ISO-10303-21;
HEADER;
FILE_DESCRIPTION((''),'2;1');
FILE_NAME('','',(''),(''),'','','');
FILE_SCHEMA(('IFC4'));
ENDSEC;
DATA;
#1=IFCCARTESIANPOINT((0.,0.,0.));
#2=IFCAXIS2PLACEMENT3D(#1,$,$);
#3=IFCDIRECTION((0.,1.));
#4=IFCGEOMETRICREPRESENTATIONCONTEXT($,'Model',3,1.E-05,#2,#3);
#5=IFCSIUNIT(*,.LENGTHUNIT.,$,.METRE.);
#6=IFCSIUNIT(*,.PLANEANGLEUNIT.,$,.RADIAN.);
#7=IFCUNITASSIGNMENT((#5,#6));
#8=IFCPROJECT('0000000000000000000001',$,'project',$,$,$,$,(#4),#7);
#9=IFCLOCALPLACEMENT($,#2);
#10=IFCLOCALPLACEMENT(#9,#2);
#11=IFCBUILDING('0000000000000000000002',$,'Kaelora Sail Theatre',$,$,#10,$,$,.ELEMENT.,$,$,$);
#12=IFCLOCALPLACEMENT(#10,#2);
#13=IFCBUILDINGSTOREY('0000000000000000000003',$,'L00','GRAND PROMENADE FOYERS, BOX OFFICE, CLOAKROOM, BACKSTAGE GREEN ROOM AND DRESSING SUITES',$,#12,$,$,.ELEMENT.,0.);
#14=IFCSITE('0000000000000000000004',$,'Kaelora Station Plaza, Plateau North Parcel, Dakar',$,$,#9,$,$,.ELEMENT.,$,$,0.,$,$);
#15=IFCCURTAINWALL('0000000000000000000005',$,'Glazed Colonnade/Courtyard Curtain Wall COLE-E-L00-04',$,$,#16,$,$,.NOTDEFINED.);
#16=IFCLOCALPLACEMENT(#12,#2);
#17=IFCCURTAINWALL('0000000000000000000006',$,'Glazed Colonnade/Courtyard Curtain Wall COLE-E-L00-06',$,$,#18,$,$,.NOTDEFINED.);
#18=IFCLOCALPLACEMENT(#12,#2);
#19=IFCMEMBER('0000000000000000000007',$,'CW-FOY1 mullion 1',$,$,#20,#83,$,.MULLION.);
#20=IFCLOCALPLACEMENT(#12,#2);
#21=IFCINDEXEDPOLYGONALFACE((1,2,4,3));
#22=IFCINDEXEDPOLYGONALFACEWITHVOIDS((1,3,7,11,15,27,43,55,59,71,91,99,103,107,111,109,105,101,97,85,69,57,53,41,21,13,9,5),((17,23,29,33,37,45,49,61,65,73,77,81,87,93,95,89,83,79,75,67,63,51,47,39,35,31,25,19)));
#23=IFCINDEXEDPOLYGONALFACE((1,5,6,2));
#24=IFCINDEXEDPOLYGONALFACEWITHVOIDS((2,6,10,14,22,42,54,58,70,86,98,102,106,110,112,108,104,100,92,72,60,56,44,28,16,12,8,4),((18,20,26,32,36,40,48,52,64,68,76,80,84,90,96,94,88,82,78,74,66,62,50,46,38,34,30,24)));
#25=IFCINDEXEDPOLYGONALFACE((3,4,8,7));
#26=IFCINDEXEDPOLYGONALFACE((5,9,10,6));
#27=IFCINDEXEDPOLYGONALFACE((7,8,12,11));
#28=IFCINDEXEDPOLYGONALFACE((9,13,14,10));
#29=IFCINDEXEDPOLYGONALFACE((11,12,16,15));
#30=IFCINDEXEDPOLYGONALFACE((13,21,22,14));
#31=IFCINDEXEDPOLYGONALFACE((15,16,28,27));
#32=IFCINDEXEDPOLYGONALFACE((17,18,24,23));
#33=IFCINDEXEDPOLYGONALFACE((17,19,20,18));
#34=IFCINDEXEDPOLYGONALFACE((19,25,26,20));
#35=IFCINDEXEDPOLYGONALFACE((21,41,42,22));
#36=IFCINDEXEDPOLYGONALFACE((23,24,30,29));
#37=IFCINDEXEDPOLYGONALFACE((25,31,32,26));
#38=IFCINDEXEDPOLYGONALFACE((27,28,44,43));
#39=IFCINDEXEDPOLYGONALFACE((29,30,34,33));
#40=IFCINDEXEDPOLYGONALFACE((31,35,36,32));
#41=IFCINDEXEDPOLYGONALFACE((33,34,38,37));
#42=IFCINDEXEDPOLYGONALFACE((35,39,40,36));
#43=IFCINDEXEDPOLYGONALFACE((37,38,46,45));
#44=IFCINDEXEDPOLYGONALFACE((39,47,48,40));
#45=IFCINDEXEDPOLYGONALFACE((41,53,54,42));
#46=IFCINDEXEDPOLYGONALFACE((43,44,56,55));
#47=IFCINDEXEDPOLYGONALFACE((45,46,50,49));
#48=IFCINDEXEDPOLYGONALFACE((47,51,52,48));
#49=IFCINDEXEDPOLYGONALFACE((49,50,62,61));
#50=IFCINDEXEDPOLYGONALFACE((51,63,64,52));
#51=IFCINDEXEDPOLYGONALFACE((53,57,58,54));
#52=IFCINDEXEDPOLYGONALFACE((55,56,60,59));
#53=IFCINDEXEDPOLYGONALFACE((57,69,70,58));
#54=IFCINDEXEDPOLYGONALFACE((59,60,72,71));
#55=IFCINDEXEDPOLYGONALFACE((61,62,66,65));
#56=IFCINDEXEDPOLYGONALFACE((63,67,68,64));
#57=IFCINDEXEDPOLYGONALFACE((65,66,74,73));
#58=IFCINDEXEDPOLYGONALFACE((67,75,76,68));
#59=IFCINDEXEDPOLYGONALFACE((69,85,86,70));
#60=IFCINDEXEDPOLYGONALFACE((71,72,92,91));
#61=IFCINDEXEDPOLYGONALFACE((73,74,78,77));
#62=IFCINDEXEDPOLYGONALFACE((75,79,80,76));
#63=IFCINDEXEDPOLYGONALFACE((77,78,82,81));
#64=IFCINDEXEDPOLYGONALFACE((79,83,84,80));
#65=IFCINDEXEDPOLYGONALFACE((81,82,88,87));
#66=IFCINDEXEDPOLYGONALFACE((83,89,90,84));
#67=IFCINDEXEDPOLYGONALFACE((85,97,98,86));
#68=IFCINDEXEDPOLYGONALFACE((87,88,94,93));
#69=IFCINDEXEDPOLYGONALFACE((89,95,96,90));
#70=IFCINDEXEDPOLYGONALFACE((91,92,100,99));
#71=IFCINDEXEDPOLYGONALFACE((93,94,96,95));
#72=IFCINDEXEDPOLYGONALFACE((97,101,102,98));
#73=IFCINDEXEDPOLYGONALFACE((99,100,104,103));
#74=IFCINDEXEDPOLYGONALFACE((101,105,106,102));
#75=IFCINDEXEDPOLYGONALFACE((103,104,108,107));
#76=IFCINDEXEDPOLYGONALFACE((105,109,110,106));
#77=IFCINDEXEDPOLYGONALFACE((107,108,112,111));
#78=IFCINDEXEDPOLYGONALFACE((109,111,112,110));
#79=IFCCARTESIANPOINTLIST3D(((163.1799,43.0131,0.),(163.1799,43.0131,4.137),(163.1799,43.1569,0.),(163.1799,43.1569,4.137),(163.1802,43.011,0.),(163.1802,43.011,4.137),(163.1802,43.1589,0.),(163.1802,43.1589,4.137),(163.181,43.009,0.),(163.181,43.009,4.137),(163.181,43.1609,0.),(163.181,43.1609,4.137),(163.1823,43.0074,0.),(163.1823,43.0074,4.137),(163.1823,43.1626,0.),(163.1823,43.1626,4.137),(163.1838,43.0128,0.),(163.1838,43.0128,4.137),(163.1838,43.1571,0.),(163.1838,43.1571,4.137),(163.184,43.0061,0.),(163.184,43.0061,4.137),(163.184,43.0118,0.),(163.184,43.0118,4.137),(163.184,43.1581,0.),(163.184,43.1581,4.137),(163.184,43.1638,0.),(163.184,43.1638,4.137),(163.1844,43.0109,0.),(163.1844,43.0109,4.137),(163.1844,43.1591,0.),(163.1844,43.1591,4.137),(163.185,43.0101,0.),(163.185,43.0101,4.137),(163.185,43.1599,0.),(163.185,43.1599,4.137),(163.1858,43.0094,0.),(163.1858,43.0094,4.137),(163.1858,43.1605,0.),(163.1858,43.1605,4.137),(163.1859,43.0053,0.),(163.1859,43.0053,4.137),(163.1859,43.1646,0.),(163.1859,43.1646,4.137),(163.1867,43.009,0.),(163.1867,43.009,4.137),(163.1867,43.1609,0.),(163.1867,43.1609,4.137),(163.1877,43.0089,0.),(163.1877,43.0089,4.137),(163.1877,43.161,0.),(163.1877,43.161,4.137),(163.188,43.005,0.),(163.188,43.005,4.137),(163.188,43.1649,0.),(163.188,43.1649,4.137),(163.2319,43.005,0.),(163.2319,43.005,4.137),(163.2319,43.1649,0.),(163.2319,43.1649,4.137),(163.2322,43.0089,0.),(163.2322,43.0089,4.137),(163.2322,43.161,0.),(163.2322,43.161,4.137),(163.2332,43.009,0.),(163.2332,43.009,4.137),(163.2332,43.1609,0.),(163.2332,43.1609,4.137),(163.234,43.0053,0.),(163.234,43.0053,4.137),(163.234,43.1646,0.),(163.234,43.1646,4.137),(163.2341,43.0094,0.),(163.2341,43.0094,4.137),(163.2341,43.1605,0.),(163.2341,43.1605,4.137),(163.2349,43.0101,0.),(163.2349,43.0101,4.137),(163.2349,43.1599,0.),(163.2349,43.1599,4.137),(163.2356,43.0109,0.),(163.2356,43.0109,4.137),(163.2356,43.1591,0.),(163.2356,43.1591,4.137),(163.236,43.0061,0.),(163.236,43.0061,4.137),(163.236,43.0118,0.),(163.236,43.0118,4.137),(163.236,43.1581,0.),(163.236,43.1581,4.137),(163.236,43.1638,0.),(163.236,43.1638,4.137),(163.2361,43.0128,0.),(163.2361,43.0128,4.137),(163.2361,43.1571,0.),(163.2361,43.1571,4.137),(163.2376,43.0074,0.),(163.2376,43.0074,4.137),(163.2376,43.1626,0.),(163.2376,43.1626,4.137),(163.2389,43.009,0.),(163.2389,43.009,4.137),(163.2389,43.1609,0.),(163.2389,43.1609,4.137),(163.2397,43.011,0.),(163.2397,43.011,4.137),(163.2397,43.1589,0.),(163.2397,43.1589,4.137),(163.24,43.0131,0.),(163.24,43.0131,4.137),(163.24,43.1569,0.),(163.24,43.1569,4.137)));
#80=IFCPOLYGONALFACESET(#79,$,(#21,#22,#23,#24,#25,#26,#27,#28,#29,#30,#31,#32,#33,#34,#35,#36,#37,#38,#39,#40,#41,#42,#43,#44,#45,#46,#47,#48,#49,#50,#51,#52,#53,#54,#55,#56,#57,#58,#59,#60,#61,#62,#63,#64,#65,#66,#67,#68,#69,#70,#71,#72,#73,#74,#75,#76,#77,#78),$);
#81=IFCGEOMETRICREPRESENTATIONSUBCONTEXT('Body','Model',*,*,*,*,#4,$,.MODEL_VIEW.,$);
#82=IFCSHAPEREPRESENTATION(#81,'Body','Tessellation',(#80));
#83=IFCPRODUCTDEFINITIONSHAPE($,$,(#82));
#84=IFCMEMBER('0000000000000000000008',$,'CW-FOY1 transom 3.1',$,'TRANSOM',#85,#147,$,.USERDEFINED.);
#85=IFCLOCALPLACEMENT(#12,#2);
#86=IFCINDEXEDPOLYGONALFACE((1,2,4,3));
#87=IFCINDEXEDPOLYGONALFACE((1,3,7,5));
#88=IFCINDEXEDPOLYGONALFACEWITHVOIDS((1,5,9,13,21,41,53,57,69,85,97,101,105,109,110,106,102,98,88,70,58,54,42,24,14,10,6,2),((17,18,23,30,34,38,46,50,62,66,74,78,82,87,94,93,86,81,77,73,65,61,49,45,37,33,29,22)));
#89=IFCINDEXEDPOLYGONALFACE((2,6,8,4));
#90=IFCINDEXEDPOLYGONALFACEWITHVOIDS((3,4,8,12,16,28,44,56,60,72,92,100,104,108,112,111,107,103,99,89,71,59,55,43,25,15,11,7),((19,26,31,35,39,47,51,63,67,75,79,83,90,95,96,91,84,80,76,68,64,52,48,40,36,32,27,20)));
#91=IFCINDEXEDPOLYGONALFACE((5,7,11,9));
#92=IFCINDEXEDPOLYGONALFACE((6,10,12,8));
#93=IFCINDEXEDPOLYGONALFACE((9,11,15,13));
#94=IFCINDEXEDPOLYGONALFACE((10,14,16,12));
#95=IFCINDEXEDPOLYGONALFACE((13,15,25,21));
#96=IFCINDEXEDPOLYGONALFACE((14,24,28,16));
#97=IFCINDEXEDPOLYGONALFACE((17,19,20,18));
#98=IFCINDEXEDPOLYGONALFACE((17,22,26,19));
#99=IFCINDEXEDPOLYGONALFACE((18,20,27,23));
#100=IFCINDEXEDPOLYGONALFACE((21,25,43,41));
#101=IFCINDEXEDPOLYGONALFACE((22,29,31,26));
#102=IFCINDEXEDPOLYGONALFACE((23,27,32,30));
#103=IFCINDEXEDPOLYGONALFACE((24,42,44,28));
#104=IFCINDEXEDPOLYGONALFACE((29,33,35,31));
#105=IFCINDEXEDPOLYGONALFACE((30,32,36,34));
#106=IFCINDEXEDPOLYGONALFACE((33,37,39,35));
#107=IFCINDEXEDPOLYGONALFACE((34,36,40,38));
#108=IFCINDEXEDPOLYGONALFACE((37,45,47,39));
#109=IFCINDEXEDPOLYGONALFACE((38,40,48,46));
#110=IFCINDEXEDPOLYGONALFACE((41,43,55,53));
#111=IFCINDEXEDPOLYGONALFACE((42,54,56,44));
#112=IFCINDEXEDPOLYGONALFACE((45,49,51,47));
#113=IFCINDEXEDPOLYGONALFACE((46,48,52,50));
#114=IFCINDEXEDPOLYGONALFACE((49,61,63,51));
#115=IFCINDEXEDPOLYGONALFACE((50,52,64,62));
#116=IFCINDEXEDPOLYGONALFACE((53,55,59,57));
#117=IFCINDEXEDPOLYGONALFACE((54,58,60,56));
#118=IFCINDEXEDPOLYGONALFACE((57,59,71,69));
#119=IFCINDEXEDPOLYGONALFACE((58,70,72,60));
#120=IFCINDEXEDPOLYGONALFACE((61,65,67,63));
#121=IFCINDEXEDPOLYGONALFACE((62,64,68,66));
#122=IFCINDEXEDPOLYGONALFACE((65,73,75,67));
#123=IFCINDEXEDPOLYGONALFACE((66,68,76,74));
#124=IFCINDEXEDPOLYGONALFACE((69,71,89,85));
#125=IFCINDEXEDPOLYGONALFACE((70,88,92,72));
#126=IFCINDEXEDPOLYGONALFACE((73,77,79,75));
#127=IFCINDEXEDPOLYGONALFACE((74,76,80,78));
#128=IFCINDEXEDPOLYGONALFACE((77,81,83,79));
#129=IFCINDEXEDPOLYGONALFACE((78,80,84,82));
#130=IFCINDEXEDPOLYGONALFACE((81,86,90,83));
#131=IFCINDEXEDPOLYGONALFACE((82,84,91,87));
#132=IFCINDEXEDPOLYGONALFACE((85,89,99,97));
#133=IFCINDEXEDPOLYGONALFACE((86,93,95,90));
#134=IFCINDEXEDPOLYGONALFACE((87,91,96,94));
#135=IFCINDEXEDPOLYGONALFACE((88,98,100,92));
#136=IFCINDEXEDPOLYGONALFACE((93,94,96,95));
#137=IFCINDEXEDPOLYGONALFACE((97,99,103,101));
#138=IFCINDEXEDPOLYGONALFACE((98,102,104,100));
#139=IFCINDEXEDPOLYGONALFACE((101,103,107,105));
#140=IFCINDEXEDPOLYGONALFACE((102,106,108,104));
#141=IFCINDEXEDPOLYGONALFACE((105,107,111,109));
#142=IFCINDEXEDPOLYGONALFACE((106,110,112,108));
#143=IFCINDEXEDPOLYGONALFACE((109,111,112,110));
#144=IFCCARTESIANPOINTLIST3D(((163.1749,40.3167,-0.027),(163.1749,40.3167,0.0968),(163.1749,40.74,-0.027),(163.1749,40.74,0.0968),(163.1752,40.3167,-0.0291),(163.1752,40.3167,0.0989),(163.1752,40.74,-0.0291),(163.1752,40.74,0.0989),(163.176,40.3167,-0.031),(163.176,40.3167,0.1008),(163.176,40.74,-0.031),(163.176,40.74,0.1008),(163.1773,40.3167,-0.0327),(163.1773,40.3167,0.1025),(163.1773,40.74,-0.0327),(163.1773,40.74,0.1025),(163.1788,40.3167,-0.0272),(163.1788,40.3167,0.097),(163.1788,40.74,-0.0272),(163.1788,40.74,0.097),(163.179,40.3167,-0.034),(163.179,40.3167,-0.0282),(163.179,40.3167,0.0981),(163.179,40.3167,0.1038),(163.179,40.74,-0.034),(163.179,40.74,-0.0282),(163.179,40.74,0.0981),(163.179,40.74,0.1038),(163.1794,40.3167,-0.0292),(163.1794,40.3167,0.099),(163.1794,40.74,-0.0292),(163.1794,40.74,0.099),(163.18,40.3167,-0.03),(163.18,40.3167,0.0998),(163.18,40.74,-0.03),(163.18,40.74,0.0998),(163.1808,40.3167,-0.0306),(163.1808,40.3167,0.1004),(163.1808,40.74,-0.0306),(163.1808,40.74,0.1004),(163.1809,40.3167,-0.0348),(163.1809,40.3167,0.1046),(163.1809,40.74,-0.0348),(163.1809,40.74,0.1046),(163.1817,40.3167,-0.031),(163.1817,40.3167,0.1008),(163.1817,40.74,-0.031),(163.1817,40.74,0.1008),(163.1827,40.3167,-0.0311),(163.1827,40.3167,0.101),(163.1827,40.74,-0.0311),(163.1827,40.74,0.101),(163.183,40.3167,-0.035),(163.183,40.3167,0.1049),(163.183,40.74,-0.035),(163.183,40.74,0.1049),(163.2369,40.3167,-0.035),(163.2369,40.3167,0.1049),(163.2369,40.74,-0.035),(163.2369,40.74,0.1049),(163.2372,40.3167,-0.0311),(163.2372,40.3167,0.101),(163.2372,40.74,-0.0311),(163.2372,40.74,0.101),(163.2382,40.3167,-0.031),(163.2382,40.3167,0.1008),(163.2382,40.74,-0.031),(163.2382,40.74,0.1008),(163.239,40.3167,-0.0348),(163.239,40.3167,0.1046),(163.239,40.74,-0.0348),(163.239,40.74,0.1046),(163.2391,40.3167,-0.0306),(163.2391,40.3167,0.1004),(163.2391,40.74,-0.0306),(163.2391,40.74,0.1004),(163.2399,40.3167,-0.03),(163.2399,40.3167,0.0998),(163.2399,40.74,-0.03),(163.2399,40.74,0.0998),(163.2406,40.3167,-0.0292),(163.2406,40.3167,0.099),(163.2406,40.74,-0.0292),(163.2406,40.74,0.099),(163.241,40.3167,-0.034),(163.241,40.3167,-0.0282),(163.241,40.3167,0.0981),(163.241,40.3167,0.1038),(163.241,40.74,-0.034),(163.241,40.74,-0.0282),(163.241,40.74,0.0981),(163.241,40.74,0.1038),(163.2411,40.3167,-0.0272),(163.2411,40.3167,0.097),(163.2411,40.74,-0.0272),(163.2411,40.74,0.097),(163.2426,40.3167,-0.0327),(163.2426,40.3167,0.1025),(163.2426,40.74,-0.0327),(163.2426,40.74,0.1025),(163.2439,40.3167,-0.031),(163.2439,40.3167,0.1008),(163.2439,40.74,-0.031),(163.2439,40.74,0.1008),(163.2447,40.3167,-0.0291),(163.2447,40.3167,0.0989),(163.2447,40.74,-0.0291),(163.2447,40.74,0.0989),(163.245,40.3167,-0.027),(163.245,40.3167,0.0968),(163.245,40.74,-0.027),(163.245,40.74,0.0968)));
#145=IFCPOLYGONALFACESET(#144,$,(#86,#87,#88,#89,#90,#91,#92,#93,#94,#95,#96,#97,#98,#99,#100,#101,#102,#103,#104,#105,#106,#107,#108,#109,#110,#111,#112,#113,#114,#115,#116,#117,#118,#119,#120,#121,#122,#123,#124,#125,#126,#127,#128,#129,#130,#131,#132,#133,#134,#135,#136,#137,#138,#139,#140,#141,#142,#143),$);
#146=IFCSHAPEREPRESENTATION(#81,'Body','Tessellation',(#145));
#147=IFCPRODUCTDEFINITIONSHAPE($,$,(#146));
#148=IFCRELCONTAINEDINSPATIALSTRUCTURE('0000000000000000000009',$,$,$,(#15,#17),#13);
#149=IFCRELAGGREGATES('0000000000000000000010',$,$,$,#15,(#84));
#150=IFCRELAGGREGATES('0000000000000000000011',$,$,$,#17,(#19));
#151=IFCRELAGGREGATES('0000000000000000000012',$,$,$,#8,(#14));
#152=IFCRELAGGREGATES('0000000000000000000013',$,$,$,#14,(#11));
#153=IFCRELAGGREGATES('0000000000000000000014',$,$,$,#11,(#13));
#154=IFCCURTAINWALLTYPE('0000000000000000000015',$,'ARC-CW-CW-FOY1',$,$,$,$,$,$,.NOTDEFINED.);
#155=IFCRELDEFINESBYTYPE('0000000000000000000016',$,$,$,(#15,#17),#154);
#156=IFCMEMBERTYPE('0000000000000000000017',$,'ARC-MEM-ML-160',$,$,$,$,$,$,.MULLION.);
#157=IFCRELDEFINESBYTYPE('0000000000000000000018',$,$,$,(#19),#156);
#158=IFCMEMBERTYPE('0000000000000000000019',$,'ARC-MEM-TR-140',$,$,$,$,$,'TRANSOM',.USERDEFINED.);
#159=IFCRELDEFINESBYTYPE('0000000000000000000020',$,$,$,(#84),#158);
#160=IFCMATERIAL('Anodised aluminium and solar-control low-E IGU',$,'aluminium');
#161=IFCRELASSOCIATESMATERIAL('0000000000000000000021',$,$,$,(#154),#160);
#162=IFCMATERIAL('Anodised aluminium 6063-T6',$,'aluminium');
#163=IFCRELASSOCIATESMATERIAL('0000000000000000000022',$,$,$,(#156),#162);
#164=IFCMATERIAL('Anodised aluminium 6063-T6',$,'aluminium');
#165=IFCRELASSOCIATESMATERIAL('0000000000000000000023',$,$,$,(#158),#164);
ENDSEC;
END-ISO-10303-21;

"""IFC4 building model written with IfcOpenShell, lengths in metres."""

from ifc_helpers import new_model, si_unit, direction, frame, origin, origin_2d, place, context, subcontext, project, spatial, hollow_rectangle, extrude, material, material_profile, profile_set, type_object, element, aggregate, save


model = new_model("IFC4")

# Units and contexts
model_context = context("Model", 3, precision=1e-05, world=origin(), true_north=direction((0.0, 1.0)))
body_context = subcontext(model_context, "Body", "Model", "MODEL_VIEW")
ifc_project = project(units=[si_unit("LENGTHUNIT", "METRE"), si_unit("PLANEANGLEUNIT", "RADIAN")], contexts=[model_context])

# Site, building, storey
site_placement = place(None, origin())
site = spatial("IfcSite", under=ifc_project, at=site_placement, Name="Kaelora Station Plaza, Plateau North Parcel, Dakar", CompositionType="ELEMENT", RefElevation=0.0)
building_placement = place(site_placement, origin())
building = spatial("IfcBuilding", under=site, at=building_placement, Name="Kaelora Sail Theatre", CompositionType="ELEMENT")
storey_placement = place(building_placement, origin())
storey = spatial("IfcBuildingStorey", under=building, at=storey_placement, Name="L00", Description="GRAND PROMENADE FOYERS, BOX OFFICE, CLOAKROOM, BACKSTAGE GREEN ROOM AND DRESSING SUITES", CompositionType="ELEMENT", Elevation=0.0)

# Curtain wall
ifc_material_1 = material(Name="Anodised aluminium and solar-control low-E IGU", Category="aluminium")
curtain_wall_type = type_object("IfcCurtainWallType", Name="ARC-CW-CW-FOY1", PredefinedType="NOTDEFINED", material=ifc_material_1)
curtain_wall_1_placement = place(storey_placement, origin())
curtain_wall_1 = element("IfcCurtainWall", 1, at=curtain_wall_1_placement, inside=storey, type_object=curtain_wall_type, Name="Glazed Colonnade/Courtyard Curtain Wall COLE-E-L00-04", PredefinedType="NOTDEFINED")
ifc_material_2 = material(Name="Anodised aluminium 6063-T6", Category="aluminium")
ifc_material_profile_1 = material_profile(ifc_material_2, hollow_rectangle(XDim=0.0601, YDim=0.1599, WallThickness=0.0039, InnerFilletRadius=0.0039, OuterFilletRadius=0.0081, at=origin_2d()), Name="ALU-MULL 60x160x4")
ifc_profile_set_1 = profile_set([ifc_material_profile_1], Name="Anodised aluminium 6063-T6")
member_type_1 = type_object("IfcMemberType", Name="ARC-MEM-ML-160", PredefinedType="MULLION", material=ifc_profile_set_1)

# Curtain wall, member
curtain_wall_2_placement = place(storey_placement, origin())
curtain_wall_2 = element("IfcCurtainWall", 2, at=curtain_wall_2_placement, inside=storey, type_object=curtain_wall_type, Name="Glazed Colonnade/Courtyard Curtain Wall COLE-E-L00-06", PredefinedType="NOTDEFINED")
member_1_placement = place(storey_placement, frame((163.21, 43.085, 0.0), z_axis=(0.0, 0.0, 1.0), x_axis=(-1.0, 0.0, 0.0)))
member_1 = element("IfcMember", 3, at=member_1_placement, type_object=member_type_1, Name="CW-FOY1 mullion 1", PredefinedType="MULLION", context=body_context, shape_type="SweptSolid", body=[
    extrude(hollow_rectangle(XDim=0.0601, YDim=0.1599, WallThickness=0.0039, InnerFilletRadius=0.0039, OuterFilletRadius=0.0081, at=origin_2d()), origin(), (0.0, 0.0, 1.0), 4.137),
])

# Member
ifc_material_3 = material(Name="Anodised aluminium 6063-T6", Category="aluminium")
ifc_material_profile_2 = material_profile(ifc_material_3, hollow_rectangle(XDim=0.0701, YDim=0.1399, WallThickness=0.0039, InnerFilletRadius=0.0039, OuterFilletRadius=0.0081, at=origin_2d()), Name="ALU-TRAN 70x140x4")
ifc_profile_set_2 = profile_set([ifc_material_profile_2], Name="Anodised aluminium 6063-T6")
member_type_2 = type_object("IfcMemberType", Name="ARC-MEM-TR-140", ElementType="TRANSOM", PredefinedType="USERDEFINED", material=ifc_profile_set_2)
member_2_placement = place(storey_placement, frame((163.21, 40.3167, 0.0349), z_axis=(0.0, 1.0, 0.0), x_axis=(-1.0, 0.0, 0.0)))
member_2 = element("IfcMember", 4, at=member_2_placement, type_object=member_type_2, Name="CW-FOY1 transom 3.1", ObjectType="TRANSOM", PredefinedType="USERDEFINED", context=body_context, shape_type="SweptSolid", body=[
    extrude(hollow_rectangle(XDim=0.0701, YDim=0.1399, WallThickness=0.0039, InnerFilletRadius=0.0039, OuterFilletRadius=0.0081, at=origin_2d()), origin(), (0.0, 0.0, 1.0), 0.4233),
])

aggregate(curtain_wall_1, [member_2])
aggregate(curtain_wall_2, [member_1])

save(model, "model.ifc")
